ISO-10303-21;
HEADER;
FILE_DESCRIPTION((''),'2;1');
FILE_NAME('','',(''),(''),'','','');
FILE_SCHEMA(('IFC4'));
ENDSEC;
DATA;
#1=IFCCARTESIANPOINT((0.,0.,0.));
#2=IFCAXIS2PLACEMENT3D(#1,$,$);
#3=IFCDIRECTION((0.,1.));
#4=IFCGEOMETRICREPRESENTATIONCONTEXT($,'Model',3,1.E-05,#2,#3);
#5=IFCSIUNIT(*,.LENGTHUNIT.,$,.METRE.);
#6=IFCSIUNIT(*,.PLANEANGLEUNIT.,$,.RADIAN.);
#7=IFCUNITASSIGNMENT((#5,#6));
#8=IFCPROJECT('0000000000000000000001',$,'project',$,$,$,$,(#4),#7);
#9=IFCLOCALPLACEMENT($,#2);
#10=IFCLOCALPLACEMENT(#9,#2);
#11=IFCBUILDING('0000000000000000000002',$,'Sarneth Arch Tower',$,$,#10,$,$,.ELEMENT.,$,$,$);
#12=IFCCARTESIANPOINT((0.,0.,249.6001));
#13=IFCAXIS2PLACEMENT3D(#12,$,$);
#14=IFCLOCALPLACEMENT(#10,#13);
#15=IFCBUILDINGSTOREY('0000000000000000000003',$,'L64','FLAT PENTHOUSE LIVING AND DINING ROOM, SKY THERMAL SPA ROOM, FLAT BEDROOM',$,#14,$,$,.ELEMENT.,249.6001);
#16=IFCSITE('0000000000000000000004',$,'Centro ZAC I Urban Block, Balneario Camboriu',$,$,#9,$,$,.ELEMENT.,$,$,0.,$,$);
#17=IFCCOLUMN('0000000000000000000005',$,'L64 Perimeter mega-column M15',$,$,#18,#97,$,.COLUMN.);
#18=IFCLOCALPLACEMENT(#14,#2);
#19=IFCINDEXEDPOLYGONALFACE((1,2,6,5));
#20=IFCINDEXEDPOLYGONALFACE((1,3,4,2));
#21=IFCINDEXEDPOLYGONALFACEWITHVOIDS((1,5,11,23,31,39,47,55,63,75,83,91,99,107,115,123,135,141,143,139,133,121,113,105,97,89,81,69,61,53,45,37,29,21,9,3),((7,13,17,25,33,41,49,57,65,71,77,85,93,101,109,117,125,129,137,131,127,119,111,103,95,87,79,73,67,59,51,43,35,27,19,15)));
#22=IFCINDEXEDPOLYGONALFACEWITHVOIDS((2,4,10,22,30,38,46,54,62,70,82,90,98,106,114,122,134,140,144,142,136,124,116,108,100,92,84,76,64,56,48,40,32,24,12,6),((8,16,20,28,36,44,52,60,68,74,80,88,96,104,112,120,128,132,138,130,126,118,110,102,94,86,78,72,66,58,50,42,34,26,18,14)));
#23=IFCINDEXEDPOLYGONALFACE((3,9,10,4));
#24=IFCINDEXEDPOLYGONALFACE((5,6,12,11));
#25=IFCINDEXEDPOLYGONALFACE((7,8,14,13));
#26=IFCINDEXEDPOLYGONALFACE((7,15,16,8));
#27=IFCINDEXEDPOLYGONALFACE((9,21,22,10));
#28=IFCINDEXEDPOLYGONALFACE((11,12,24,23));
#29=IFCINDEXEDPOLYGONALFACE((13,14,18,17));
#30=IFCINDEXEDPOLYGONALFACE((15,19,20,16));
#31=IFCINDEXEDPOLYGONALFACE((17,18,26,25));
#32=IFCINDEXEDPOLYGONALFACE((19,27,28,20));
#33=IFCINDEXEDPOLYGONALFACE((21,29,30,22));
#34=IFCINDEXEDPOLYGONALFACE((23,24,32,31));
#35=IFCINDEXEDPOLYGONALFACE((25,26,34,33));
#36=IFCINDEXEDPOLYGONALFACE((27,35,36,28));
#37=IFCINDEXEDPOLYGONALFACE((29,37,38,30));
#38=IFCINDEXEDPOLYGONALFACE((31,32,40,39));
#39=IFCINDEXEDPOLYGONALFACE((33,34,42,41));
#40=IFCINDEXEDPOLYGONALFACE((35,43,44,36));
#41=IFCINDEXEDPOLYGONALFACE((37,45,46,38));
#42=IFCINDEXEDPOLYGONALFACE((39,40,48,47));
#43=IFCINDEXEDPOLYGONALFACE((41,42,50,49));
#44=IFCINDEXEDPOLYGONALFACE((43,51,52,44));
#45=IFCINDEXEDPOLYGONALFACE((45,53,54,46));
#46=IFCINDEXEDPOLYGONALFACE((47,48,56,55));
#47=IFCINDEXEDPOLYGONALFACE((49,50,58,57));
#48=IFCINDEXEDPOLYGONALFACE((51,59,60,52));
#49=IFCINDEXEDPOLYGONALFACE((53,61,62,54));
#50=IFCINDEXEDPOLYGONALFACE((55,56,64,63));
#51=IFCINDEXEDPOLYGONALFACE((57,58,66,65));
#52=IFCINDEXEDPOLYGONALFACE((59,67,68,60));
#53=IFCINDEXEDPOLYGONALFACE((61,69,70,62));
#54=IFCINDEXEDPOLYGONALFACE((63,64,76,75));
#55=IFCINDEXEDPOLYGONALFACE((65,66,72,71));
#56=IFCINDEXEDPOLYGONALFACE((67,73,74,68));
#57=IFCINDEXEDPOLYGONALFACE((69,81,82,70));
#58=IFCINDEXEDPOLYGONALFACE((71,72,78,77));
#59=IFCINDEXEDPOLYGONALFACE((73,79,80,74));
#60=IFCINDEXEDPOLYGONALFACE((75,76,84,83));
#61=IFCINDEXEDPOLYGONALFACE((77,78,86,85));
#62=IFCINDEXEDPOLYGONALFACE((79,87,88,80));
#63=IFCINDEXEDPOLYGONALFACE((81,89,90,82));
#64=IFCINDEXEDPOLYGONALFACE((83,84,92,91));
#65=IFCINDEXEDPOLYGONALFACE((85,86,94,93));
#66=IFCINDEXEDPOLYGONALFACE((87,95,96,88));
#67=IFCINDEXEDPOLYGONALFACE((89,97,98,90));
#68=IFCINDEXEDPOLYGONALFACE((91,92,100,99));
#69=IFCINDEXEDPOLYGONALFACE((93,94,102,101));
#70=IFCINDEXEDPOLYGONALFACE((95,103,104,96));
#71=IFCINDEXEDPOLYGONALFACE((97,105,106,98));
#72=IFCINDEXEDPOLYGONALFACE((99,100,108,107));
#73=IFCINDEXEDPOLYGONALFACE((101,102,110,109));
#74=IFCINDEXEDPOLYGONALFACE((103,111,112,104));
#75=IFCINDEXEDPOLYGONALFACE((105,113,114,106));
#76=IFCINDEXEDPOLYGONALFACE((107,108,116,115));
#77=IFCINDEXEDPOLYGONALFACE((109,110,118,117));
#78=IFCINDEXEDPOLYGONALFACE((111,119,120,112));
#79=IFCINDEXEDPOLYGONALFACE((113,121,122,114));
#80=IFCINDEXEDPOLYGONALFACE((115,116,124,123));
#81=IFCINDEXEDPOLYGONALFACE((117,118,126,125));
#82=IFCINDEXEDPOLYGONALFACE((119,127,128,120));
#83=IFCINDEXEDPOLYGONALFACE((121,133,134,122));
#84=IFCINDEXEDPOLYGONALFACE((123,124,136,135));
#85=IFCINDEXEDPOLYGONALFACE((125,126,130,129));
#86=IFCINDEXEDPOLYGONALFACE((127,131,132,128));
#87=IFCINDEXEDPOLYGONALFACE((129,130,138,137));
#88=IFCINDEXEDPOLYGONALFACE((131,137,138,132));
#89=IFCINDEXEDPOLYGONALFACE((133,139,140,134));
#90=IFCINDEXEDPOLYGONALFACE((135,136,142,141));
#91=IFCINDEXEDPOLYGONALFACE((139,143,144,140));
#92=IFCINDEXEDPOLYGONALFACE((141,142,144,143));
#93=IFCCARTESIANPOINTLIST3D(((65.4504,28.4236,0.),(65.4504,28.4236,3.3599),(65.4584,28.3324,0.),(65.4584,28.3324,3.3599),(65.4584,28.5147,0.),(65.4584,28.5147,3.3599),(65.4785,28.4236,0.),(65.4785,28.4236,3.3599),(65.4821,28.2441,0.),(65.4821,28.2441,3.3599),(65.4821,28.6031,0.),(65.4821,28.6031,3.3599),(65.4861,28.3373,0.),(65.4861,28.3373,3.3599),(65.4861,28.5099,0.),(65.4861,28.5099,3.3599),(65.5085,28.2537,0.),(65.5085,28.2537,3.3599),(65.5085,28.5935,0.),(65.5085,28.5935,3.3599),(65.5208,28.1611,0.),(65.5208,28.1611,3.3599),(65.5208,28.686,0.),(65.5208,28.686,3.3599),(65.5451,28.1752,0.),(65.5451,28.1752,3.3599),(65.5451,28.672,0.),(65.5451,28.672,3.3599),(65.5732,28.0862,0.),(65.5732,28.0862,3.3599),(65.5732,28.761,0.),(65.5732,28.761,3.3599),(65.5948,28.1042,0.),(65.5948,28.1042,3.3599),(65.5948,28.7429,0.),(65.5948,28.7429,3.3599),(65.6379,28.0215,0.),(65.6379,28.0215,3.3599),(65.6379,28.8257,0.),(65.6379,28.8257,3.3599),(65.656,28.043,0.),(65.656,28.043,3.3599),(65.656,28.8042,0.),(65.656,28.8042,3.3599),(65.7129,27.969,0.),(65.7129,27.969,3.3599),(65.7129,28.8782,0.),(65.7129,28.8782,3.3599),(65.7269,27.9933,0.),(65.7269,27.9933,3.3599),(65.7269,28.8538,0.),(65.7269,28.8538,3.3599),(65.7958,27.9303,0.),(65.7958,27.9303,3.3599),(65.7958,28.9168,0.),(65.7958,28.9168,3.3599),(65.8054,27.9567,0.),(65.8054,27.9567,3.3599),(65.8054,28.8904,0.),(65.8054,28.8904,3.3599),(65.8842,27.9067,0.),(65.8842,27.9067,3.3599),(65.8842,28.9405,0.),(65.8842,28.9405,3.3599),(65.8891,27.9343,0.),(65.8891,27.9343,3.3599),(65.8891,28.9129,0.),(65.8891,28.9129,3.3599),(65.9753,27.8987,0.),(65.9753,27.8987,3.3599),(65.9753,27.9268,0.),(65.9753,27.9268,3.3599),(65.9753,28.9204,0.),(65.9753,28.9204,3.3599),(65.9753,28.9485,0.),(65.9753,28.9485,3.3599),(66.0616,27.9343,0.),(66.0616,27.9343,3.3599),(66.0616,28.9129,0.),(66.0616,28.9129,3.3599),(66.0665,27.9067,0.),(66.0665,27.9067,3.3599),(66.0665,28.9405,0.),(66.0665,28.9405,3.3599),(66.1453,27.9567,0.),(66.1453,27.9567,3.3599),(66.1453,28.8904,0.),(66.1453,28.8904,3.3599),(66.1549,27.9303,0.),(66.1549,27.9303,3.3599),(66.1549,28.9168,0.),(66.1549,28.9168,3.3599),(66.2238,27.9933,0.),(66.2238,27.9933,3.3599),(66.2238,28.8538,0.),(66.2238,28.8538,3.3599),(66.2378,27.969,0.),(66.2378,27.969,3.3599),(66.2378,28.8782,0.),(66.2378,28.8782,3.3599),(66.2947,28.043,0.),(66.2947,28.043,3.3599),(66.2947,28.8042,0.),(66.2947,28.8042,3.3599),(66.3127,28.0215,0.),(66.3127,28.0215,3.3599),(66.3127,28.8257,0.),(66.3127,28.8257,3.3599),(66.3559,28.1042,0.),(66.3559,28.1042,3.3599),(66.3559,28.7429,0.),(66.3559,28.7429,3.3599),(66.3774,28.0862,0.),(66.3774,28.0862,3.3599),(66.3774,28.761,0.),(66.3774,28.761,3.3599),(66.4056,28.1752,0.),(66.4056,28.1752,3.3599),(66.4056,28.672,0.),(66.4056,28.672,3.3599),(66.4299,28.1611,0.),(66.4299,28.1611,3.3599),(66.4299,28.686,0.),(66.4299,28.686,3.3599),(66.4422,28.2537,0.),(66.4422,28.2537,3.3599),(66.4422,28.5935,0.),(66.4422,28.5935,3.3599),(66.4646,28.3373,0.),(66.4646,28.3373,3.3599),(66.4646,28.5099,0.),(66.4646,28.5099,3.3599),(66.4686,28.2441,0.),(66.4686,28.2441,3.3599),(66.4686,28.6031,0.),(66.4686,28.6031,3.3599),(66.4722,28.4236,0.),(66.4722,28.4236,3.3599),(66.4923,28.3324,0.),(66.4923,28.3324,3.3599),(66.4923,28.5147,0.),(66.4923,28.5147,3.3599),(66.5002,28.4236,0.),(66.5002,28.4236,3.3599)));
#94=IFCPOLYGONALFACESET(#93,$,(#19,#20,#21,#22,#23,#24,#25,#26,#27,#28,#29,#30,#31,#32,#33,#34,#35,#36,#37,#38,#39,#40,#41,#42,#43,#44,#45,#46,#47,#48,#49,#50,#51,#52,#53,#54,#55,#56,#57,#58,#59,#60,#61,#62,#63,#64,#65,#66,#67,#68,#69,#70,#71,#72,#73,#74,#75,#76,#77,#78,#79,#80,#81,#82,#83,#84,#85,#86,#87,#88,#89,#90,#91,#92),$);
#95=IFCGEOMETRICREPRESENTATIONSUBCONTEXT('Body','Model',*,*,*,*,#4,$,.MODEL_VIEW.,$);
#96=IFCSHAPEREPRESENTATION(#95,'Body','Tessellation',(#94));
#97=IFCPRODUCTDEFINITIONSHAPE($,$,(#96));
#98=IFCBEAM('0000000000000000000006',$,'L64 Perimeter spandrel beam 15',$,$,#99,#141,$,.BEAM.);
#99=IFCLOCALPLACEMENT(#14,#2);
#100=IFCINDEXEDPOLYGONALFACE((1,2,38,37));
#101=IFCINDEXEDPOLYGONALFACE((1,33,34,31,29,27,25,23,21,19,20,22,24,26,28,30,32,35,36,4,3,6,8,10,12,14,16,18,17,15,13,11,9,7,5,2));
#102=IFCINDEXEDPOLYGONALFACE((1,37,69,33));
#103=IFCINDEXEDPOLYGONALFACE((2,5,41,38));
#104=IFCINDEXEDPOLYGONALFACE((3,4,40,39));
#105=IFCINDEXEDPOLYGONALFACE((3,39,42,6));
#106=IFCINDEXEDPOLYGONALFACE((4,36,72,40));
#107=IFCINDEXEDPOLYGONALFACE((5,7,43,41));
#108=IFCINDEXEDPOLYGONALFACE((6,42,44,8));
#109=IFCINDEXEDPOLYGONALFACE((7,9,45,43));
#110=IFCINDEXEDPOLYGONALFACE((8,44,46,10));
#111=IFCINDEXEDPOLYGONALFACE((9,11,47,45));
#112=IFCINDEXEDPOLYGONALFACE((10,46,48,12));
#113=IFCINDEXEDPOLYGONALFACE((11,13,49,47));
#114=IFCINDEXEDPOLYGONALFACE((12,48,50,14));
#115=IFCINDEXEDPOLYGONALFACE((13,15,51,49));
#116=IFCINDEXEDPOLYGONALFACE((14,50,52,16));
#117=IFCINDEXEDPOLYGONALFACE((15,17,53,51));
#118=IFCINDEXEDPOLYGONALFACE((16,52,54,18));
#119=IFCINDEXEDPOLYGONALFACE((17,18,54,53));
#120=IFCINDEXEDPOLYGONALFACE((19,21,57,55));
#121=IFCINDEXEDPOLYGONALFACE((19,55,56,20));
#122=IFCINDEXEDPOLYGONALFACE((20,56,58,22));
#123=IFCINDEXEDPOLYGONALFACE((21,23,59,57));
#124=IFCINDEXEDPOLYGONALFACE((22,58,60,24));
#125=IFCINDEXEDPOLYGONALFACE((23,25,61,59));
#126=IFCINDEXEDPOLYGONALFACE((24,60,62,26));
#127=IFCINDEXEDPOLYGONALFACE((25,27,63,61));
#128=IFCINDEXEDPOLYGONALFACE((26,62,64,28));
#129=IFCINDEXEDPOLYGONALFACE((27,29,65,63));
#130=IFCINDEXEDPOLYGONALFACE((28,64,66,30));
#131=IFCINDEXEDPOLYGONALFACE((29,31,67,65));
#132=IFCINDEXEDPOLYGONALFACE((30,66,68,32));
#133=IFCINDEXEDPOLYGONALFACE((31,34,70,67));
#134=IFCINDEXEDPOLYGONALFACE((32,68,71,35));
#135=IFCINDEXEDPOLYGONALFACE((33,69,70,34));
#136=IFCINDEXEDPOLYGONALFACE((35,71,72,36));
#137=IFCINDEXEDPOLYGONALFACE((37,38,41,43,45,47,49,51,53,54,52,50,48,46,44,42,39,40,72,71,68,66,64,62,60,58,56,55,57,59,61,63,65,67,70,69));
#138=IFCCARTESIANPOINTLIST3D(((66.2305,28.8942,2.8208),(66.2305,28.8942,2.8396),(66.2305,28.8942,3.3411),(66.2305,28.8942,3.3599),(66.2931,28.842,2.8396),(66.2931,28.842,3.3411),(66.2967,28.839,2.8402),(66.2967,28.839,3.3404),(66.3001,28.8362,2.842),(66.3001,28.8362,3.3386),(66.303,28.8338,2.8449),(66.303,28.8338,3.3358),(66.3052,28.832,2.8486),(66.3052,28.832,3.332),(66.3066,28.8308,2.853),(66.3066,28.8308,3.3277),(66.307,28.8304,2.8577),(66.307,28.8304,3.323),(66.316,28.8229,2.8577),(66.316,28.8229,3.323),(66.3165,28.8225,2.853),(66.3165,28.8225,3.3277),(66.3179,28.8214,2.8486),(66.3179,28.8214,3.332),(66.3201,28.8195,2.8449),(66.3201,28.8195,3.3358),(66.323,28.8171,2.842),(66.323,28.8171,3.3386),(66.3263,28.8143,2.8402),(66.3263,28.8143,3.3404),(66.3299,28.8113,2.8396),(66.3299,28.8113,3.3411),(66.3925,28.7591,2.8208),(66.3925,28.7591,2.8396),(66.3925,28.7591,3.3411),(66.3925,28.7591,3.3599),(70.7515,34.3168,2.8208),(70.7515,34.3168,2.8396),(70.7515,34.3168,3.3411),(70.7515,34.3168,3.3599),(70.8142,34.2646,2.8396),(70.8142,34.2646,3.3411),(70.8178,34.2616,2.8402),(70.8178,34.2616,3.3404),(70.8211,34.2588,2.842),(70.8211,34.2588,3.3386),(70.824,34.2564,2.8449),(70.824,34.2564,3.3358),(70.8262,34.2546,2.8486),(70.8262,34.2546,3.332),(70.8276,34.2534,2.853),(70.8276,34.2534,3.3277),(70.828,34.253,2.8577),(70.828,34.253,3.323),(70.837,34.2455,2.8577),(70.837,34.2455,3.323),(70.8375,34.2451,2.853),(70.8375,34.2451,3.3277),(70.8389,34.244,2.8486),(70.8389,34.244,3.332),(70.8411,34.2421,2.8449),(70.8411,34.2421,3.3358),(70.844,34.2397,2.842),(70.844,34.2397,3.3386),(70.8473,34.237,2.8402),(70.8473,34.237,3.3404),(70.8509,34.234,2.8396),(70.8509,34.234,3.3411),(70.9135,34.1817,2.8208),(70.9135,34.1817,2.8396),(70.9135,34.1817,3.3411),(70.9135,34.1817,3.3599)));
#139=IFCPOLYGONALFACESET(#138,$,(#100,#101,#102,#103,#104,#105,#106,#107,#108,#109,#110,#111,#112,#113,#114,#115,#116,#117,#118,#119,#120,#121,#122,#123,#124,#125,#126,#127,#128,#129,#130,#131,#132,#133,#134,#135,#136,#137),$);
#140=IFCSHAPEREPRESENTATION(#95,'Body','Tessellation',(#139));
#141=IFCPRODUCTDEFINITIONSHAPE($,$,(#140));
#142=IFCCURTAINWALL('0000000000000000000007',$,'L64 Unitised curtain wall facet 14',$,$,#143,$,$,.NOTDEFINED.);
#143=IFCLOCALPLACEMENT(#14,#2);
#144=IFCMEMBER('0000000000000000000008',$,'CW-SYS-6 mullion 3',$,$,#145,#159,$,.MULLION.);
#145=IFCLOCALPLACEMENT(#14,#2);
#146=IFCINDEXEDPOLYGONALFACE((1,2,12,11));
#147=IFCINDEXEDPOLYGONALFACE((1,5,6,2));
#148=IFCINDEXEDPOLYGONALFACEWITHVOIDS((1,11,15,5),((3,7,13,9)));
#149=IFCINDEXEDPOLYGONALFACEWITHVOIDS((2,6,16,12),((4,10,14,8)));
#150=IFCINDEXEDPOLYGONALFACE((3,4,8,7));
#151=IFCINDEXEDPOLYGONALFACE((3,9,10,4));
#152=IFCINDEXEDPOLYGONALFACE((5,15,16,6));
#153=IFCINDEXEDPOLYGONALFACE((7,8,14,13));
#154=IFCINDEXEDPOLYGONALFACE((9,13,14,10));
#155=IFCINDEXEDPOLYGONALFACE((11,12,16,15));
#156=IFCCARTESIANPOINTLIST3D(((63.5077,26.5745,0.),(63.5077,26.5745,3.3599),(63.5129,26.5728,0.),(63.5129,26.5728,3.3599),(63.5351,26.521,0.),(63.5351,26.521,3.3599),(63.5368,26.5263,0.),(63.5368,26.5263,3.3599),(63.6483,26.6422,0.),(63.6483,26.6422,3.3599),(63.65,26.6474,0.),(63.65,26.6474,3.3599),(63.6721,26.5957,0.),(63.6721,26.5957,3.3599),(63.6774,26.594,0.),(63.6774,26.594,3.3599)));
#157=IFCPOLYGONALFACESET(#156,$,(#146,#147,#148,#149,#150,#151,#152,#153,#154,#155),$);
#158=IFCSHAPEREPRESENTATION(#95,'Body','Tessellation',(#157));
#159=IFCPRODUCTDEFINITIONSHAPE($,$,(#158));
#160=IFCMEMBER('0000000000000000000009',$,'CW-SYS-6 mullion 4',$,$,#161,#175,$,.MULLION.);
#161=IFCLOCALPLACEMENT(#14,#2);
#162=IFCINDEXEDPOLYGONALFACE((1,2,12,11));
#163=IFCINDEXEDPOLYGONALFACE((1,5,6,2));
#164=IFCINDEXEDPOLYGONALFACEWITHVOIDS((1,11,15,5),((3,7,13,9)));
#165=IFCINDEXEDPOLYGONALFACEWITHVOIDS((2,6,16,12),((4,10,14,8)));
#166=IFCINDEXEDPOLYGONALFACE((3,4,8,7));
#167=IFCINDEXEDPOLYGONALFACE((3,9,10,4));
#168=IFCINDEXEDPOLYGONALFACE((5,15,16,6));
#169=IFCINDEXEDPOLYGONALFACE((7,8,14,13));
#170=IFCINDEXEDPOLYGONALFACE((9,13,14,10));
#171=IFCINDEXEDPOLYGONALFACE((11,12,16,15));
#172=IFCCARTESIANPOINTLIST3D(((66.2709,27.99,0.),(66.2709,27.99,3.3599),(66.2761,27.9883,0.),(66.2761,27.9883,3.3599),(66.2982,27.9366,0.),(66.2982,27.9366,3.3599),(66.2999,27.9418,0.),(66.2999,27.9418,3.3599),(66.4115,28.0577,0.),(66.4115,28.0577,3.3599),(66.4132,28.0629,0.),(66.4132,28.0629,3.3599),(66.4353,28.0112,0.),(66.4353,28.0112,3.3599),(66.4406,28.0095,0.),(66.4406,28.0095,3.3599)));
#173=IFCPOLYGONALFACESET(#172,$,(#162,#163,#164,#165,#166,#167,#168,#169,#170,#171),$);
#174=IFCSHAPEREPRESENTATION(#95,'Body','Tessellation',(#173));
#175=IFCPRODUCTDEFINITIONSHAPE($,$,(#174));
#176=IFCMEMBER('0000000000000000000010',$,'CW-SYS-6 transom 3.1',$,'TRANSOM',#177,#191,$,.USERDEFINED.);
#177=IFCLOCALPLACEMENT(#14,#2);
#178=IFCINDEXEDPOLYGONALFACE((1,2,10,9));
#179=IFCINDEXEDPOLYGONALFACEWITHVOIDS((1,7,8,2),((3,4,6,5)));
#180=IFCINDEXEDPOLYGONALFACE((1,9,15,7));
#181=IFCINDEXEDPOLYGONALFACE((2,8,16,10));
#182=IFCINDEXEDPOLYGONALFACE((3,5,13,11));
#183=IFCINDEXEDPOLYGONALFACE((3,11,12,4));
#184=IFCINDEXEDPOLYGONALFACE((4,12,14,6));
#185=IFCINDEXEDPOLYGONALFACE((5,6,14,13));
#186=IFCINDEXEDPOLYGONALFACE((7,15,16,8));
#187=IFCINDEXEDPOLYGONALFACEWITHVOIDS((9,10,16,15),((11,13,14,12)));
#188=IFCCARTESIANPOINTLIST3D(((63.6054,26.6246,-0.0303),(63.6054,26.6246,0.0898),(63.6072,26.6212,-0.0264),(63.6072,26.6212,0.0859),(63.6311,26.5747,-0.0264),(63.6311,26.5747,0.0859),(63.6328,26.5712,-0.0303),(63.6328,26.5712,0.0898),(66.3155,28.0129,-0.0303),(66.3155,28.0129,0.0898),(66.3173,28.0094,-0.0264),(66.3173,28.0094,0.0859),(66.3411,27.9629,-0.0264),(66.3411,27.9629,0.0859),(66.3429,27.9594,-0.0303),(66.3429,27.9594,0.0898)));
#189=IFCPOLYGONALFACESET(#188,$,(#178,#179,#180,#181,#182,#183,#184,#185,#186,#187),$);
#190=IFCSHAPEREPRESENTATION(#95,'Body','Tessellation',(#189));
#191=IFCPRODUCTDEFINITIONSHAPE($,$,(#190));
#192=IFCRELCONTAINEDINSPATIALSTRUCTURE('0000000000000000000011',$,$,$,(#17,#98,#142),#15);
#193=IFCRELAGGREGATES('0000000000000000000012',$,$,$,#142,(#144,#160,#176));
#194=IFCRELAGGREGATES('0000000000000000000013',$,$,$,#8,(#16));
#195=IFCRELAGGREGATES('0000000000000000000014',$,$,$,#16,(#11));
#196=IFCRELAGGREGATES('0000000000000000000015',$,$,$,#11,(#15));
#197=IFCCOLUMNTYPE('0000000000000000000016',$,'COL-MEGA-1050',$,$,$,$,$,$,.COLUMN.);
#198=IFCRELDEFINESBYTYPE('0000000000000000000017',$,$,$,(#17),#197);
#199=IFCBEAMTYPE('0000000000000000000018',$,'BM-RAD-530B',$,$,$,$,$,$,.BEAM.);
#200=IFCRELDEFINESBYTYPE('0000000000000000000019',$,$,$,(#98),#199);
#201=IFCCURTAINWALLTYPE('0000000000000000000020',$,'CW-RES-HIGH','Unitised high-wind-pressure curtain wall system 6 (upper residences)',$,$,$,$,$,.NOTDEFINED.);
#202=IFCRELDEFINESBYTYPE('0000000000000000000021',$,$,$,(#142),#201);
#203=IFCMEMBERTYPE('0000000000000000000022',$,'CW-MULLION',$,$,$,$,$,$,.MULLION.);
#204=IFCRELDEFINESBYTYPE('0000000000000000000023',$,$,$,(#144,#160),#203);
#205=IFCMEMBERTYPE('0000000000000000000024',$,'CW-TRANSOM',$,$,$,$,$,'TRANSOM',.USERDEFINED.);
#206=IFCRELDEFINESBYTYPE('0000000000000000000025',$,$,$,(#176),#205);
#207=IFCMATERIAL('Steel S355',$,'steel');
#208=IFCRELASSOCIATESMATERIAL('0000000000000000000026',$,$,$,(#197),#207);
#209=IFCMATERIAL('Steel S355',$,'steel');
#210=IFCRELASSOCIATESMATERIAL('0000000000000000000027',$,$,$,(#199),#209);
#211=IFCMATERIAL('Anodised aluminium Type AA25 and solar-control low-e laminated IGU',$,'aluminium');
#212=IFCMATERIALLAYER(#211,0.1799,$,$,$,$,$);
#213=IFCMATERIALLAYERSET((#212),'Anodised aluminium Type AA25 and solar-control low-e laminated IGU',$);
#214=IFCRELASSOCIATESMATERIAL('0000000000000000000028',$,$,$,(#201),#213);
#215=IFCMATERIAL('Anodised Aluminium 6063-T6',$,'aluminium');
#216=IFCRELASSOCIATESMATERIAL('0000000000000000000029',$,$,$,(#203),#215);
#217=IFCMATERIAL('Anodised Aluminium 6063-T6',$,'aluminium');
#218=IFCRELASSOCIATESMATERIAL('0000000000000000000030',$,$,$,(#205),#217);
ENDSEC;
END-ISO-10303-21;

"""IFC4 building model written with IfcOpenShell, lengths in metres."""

from ifc_helpers import new_model, si_unit, direction, frame, origin, origin_2d, place, context, subcontext, project, spatial, hollow_rectangle, hollow_circle, i_section, extrude, material, layer, layer_set, material_profile, profile_set, type_object, element, aggregate, save


model = new_model("IFC4")

# Units and contexts
model_context = context("Model", 3, precision=1e-05, world=origin(), true_north=direction((0.0, 1.0)))
body_context = subcontext(model_context, "Body", "Model", "MODEL_VIEW")
ifc_project = project(units=[si_unit("LENGTHUNIT", "METRE"), si_unit("PLANEANGLEUNIT", "RADIAN")], contexts=[model_context])

# Site, building, storey
site_placement = place(None, origin())
site = spatial("IfcSite", under=ifc_project, at=site_placement, Name="Centro ZAC I Urban Block, Balneario Camboriu", CompositionType="ELEMENT", RefElevation=0.0)
building_placement = place(site_placement, origin())
building = spatial("IfcBuilding", under=site, at=building_placement, Name="Sarneth Arch Tower", CompositionType="ELEMENT")
storey_placement = place(building_placement, frame((0.0, 0.0, 249.6001)))
storey = spatial("IfcBuildingStorey", under=building, at=storey_placement, Name="L64", Description="FLAT PENTHOUSE LIVING AND DINING ROOM, SKY THERMAL SPA ROOM, FLAT BEDROOM", CompositionType="ELEMENT", Elevation=249.6001)

# Column
ifc_material_1 = material(Name="Steel S355", Category="steel")
ifc_material_profile_1 = material_profile(ifc_material_1, hollow_circle(Radius=0.5249, WallThickness=0.0281, at=origin_2d()), Name="CHS1050x28")
ifc_profile_set_1 = profile_set([ifc_material_profile_1], Name="Steel S355")
column_type = type_object("IfcColumnType", Name="COL-MEGA-1050", PredefinedType="COLUMN", material=ifc_profile_set_1)
column_placement = place(storey_placement, frame((65.9753, 28.4236, 0.0), z_axis=(0.0, 0.0, 1.0), x_axis=(1.0, 0.0, 0.0)))
element("IfcColumn", 1, at=column_placement, inside=storey, type_object=column_type, Name="L64 Perimeter mega-column M15", PredefinedType="COLUMN", context=body_context, shape_type="SweptSolid", body=[
    extrude(hollow_circle(Radius=0.5249, WallThickness=0.0281, at=origin_2d()), origin(), (0.0, 0.0, 1.0), 3.3599),
])

# Beam
ifc_material_2 = material(Name="Steel S355", Category="steel")
ifc_material_profile_2 = material_profile(ifc_material_2, i_section(OverallWidth=0.2109, OverallDepth=0.5391, WebThickness=0.0117, FlangeThickness=0.0188, FilletRadius=0.0181, at=origin_2d()), Name="W530x109")
ifc_profile_set_2 = profile_set([ifc_material_profile_2], Name="Steel S355")
beam_type = type_object("IfcBeamType", Name="BM-RAD-530B", PredefinedType="BEAM", material=ifc_profile_set_2)
beam_placement = place(storey_placement, frame((66.3115, 28.8267, 3.0903), z_axis=(0.640365, 0.768071, 0.0), x_axis=(-0.768071, 0.640365, 0.0)))
element("IfcBeam", 2, at=beam_placement, inside=storey, type_object=beam_type, Name="L64 Perimeter spandrel beam 15", PredefinedType="BEAM", context=body_context, shape_type="SweptSolid", body=[
    extrude(i_section(OverallWidth=0.2109, OverallDepth=0.5391, WebThickness=0.0117, FlangeThickness=0.0188, FilletRadius=0.0181, at=origin_2d()), origin(), (0.0, 0.0, 1.0), 7.0601),
])

# Curtain wall, members
ifc_material_3 = material(Name="Anodised aluminium Type AA25 and solar-control low-e laminated IGU", Category="aluminium")
ifc_layer_1 = layer(ifc_material_3, 0.1799)
ifc_layer_set_1 = layer_set([ifc_layer_1], Name="Anodised aluminium Type AA25 and solar-control low-e laminated IGU")
curtain_wall_type = type_object("IfcCurtainWallType", Name="CW-RES-HIGH", Description="Unitised high-wind-pressure curtain wall system 6 (upper residences)", PredefinedType="NOTDEFINED", material=ifc_layer_set_1)
curtain_wall_placement = place(storey_placement, origin())
curtain_wall = element("IfcCurtainWall", 3, at=curtain_wall_placement, inside=storey, type_object=curtain_wall_type, Name="L64 Unitised curtain wall facet 14", PredefinedType="NOTDEFINED")
ifc_material_4 = material(Name="Anodised Aluminium 6063-T6", Category="aluminium")
ifc_material_profile_3 = material_profile(ifc_material_4, hollow_rectangle(XDim=0.0601, YDim=0.1599, WallThickness=0.0039, at=origin_2d()), Name="AL-MULL-160x60x4")
ifc_profile_set_3 = profile_set([ifc_material_profile_3], Name="Anodised Aluminium 6063-T6")
member_type_1 = type_object("IfcMemberType", Name="CW-MULLION", PredefinedType="MULLION", material=ifc_profile_set_3)
member_1_placement = place(storey_placement, frame((63.5925, 26.5842, 0.0), z_axis=(0.0, 0.0, 1.0), x_axis=(-0.455942, 0.89001, 0.0)))
member_1 = element("IfcMember", 4, at=member_1_placement, type_object=member_type_1, Name="CW-SYS-6 mullion 3", PredefinedType="MULLION", context=body_context, shape_type="SweptSolid", body=[
    extrude(hollow_rectangle(XDim=0.0601, YDim=0.1599, WallThickness=0.0039, at=origin_2d()), origin(), (0.0, 0.0, 1.0), 3.3599),
])
member_2_placement = place(storey_placement, frame((66.3557, 27.9998, 0.0), z_axis=(0.0, 0.0, 1.0), x_axis=(-0.455942, 0.89001, 0.0)))
member_2 = element("IfcMember", 5, at=member_2_placement, type_object=member_type_1, Name="CW-SYS-6 mullion 4", PredefinedType="MULLION", context=body_context, shape_type="SweptSolid", body=[
    extrude(hollow_rectangle(XDim=0.0601, YDim=0.1599, WallThickness=0.0039, at=origin_2d()), origin(), (0.0, 0.0, 1.0), 3.3599),
])
ifc_material_5 = material(Name="Anodised Aluminium 6063-T6", Category="aluminium")
ifc_material_profile_4 = material_profile(ifc_material_5, hollow_rectangle(XDim=0.0601, YDim=0.1201, WallThickness=0.0039, at=origin_2d()), Name="AL-TRAN-120x60x4")
ifc_profile_set_4 = profile_set([ifc_material_profile_4], Name="Anodised Aluminium 6063-T6")
member_type_2 = type_object("IfcMemberType", Name="CW-TRANSOM", ElementType="TRANSOM", PredefinedType="USERDEFINED", material=ifc_profile_set_4)
member_3_placement = place(storey_placement, frame((63.6191, 26.5979, 0.0298), z_axis=(0.890023, 0.455916, 0.0), x_axis=(-0.455916, 0.890023, 0.0)))
member_3 = element("IfcMember", 6, at=member_3_placement, type_object=member_type_2, Name="CW-SYS-6 transom 3.1", ObjectType="TRANSOM", PredefinedType="USERDEFINED", context=body_context, shape_type="SweptSolid", body=[
    extrude(hollow_rectangle(XDim=0.0601, YDim=0.1201, WallThickness=0.0039, at=origin_2d()), origin(), (0.0, 0.0, 1.0), 3.0449),
])

aggregate(curtain_wall, [member_1, member_2, member_3])

save(model, "model.ifc")
